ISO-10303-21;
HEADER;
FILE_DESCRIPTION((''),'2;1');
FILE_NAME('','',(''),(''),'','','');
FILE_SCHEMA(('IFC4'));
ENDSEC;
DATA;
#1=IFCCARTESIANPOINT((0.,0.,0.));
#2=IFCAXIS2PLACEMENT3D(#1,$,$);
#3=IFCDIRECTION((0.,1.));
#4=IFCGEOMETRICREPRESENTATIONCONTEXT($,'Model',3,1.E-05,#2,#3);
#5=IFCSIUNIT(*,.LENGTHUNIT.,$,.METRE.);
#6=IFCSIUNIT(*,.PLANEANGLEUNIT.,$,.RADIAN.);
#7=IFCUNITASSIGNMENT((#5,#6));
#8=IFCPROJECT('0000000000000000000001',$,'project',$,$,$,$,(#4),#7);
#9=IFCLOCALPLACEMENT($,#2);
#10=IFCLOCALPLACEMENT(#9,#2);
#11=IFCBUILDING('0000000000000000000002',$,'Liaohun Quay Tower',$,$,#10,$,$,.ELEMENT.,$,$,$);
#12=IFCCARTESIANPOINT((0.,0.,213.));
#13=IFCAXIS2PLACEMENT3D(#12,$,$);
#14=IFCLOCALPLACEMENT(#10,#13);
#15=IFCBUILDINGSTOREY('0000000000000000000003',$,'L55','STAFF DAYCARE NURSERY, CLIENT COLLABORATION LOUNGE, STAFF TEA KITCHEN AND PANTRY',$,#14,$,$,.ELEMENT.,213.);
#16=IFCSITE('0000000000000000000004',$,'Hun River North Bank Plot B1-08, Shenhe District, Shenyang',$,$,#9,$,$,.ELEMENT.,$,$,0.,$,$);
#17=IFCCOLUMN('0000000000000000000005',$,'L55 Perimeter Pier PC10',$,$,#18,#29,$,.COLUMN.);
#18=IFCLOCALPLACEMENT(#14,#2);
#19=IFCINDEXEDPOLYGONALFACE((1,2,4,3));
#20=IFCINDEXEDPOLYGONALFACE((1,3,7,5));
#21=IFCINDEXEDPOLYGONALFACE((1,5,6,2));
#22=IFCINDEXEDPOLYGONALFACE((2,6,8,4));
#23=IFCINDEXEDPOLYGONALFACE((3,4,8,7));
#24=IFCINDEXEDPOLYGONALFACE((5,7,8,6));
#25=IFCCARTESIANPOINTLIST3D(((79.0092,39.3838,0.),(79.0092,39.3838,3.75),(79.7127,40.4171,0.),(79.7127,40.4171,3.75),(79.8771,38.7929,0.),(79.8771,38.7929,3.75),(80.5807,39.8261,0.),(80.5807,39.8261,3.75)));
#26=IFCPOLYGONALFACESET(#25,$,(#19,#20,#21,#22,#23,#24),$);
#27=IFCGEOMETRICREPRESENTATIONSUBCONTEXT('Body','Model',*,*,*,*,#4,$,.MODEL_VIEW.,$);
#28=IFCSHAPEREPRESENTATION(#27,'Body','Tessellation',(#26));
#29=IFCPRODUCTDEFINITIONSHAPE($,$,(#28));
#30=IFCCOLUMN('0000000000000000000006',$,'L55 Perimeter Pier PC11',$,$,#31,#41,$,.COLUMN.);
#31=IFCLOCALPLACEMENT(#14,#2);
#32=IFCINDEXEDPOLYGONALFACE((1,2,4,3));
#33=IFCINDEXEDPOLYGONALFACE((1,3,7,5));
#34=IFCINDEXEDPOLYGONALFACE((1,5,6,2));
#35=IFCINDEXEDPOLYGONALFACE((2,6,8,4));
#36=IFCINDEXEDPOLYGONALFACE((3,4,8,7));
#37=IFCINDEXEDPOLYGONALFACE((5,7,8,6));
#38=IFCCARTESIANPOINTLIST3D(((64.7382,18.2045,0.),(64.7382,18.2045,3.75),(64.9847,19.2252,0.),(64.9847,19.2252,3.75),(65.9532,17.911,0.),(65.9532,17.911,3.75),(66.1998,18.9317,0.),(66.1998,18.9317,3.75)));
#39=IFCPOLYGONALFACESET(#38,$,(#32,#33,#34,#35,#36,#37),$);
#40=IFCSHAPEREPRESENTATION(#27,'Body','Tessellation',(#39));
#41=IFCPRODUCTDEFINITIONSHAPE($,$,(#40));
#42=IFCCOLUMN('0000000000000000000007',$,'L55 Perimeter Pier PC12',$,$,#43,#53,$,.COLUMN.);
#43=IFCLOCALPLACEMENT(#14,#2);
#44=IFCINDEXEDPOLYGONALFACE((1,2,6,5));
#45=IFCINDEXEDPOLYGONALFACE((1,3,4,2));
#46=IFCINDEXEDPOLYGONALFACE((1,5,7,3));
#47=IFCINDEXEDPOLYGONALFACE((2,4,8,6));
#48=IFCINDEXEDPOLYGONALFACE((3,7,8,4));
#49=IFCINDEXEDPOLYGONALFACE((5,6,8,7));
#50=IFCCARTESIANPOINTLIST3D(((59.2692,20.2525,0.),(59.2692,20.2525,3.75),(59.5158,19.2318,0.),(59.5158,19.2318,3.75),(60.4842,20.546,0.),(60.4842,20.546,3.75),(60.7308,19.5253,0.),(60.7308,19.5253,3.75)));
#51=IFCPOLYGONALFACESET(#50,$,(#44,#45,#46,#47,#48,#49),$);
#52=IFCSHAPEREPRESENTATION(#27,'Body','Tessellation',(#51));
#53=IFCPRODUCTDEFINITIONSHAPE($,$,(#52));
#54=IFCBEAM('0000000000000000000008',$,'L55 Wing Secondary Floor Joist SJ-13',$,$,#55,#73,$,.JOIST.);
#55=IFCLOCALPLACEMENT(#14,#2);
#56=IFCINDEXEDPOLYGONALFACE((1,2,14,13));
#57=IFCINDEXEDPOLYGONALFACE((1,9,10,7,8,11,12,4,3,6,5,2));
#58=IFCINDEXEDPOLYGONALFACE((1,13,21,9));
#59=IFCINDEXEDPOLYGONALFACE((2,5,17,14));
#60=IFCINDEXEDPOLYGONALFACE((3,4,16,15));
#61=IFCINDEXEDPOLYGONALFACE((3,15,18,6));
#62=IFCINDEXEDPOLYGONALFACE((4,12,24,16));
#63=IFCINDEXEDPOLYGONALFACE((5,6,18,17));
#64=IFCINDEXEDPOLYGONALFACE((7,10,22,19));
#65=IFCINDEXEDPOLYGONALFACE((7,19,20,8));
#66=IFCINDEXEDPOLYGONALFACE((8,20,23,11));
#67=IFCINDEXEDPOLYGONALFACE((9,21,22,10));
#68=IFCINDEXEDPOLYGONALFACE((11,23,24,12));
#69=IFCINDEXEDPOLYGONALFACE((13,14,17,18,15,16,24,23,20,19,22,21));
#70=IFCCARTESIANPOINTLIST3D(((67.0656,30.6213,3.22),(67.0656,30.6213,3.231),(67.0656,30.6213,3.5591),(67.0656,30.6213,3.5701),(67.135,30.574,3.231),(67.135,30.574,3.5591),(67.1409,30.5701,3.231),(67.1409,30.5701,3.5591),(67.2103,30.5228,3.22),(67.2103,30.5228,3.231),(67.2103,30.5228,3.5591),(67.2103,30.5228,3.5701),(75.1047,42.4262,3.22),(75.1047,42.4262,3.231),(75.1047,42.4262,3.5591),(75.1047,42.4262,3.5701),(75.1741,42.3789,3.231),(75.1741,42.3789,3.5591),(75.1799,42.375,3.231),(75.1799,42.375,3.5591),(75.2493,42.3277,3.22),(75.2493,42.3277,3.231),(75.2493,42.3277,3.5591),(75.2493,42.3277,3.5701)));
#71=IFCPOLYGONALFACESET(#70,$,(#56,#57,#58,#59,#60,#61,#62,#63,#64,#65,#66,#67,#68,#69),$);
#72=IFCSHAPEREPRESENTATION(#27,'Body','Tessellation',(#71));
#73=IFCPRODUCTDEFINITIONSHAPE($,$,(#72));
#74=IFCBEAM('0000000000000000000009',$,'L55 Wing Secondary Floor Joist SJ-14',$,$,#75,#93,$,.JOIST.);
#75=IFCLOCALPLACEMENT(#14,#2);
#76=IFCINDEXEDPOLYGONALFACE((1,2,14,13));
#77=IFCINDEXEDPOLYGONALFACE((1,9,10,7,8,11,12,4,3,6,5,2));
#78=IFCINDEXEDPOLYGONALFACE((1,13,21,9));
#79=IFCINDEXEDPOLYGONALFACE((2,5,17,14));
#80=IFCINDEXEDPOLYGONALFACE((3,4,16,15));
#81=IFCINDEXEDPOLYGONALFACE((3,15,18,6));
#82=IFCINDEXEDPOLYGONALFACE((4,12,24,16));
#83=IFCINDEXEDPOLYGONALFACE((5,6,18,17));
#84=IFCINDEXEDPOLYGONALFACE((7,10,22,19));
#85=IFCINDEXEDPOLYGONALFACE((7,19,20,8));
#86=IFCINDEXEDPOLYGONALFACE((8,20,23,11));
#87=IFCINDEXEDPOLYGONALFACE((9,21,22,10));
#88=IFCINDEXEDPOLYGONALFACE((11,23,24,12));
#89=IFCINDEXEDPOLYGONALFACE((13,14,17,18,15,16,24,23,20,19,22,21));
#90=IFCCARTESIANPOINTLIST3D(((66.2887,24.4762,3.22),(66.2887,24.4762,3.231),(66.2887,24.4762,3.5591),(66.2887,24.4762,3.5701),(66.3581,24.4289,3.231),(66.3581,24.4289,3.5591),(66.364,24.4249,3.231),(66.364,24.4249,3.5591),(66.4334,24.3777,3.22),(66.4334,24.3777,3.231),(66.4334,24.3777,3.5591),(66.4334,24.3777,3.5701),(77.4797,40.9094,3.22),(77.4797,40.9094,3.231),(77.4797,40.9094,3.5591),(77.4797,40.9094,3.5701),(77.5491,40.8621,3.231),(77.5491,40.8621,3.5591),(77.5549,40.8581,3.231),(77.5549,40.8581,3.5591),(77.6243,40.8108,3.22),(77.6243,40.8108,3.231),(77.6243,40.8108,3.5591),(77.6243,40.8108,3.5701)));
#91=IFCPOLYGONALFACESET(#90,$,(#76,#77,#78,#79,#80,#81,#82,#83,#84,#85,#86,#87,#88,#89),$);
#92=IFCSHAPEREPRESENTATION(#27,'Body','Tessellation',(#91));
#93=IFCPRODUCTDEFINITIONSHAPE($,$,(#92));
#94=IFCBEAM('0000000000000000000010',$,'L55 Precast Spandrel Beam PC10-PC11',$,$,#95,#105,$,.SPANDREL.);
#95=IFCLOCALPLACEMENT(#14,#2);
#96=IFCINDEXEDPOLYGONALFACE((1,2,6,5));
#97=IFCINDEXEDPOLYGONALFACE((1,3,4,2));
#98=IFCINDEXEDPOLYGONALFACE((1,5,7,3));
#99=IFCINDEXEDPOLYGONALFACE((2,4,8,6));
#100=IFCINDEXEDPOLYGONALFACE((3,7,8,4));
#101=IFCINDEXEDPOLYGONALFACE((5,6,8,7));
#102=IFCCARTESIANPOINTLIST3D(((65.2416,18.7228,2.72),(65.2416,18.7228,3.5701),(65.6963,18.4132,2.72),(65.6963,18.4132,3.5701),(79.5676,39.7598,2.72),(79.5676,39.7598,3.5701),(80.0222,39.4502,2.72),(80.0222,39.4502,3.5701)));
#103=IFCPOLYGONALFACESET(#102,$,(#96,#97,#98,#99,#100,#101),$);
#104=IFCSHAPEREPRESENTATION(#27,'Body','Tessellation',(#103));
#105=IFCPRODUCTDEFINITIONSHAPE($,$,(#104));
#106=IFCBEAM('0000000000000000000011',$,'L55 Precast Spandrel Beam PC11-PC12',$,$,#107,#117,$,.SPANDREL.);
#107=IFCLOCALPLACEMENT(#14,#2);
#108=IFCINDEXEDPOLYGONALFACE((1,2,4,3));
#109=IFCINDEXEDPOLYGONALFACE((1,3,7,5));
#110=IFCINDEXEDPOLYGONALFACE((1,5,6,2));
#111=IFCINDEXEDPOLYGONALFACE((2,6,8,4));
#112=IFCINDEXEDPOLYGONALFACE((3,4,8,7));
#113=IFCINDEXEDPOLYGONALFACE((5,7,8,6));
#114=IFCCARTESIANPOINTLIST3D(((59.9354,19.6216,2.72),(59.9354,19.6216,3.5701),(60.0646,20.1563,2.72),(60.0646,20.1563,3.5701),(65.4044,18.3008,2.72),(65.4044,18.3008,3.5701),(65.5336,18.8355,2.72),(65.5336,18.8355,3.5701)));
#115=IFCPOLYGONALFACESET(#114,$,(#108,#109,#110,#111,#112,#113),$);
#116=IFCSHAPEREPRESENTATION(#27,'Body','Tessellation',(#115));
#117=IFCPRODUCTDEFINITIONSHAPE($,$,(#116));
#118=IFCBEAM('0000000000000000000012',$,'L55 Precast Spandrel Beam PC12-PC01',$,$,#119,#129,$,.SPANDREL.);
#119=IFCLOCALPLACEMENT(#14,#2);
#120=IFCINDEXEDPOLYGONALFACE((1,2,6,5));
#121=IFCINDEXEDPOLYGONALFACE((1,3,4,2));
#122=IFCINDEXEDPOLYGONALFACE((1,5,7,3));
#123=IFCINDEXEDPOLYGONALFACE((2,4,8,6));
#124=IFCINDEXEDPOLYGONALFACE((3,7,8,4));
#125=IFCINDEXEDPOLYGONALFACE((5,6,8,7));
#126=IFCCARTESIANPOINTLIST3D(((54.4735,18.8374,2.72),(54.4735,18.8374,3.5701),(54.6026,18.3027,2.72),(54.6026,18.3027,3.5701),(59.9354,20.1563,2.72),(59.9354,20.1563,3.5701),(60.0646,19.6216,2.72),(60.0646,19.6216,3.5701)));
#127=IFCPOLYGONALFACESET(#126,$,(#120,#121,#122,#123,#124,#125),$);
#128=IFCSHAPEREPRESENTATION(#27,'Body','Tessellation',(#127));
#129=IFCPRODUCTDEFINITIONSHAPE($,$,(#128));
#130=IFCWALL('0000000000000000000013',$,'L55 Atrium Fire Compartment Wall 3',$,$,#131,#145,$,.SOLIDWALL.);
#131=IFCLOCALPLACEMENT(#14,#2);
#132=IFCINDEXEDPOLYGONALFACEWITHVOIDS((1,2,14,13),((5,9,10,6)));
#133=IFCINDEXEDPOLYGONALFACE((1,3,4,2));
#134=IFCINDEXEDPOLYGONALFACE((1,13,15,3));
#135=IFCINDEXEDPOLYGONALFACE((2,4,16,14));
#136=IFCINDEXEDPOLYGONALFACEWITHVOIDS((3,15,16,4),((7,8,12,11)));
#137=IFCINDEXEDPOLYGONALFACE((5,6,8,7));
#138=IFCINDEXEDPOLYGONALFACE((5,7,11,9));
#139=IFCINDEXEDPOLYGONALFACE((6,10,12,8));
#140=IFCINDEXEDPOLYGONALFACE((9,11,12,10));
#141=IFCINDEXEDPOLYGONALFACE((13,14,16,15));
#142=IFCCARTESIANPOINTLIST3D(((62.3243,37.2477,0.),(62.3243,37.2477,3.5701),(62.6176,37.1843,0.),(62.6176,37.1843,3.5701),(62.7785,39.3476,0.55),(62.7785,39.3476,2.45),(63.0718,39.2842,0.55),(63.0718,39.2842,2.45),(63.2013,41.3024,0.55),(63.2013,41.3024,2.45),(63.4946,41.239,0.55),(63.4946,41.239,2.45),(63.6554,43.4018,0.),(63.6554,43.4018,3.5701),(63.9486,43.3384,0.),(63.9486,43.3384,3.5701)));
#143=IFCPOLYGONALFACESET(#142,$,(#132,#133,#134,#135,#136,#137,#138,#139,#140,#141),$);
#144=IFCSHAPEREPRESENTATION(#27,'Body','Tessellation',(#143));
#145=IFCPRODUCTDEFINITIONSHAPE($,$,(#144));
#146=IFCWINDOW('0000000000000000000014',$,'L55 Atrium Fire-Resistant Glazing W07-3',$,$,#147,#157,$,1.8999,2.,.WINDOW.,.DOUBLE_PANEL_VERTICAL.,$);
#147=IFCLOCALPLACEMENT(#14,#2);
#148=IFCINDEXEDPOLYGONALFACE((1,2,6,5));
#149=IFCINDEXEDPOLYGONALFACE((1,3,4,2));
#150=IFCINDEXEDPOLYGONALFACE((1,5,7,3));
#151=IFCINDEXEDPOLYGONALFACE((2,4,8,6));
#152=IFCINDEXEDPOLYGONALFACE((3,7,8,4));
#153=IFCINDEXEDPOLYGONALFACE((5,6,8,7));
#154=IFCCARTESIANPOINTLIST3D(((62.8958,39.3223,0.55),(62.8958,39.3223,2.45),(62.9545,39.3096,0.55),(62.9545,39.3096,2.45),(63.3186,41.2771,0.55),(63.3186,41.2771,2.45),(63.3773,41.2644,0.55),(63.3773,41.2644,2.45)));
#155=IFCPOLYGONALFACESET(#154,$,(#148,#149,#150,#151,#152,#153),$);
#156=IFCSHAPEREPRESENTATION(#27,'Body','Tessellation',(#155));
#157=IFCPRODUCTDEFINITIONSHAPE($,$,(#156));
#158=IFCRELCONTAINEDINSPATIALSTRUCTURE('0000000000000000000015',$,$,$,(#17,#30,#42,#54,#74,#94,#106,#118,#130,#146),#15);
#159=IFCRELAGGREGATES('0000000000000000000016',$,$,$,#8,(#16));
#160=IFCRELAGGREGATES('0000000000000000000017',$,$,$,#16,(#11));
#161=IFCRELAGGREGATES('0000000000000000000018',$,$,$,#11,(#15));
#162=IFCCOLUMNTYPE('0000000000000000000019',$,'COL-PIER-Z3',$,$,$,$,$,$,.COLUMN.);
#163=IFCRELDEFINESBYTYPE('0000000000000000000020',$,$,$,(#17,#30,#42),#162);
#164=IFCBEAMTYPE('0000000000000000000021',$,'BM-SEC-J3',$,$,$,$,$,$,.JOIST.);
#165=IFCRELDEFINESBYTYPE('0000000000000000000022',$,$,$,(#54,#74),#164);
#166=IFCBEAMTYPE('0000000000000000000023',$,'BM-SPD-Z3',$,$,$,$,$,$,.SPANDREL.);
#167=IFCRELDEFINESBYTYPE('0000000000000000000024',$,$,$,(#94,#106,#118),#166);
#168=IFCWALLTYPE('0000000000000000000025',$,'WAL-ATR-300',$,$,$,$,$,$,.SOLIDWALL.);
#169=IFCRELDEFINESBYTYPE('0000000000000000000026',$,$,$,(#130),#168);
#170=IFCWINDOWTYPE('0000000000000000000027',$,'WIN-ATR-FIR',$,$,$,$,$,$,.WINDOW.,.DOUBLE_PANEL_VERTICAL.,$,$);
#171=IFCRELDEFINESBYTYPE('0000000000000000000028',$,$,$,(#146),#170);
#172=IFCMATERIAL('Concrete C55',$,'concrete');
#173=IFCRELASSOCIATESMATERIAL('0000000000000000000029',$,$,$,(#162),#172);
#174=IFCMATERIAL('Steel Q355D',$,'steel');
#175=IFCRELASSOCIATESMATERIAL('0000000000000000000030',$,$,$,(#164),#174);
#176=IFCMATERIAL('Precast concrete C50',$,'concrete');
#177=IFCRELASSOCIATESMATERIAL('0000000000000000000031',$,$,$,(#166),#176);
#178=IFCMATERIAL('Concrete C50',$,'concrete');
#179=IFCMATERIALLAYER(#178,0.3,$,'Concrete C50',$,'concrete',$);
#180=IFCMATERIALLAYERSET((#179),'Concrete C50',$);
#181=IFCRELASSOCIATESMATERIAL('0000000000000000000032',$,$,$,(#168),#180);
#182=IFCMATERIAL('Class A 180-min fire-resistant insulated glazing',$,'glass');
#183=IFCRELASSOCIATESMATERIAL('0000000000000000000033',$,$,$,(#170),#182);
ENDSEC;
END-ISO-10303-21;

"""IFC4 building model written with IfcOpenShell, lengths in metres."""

from ifc_helpers import new_model, si_unit, direction, frame, frame_2d, origin, origin_2d, place, context, subcontext, project, spatial, rectangle, i_section, extrude, source, transform, mapped, material, layer, layer_set, material_profile, profile_set, type_object, element, fill, save


model = new_model("IFC4")

# Units and contexts
model_context = context("Model", 3, precision=1e-05, world=origin(), true_north=direction((0.0, 1.0)))
body_context = subcontext(model_context, "Body", "Model", "MODEL_VIEW")
ifc_project = project(units=[si_unit("LENGTHUNIT", "METRE"), si_unit("PLANEANGLEUNIT", "RADIAN")], contexts=[model_context])

# Site, building, storey
site_placement = place(None, origin())
site = spatial("IfcSite", under=ifc_project, at=site_placement, Name="Hun River North Bank Plot B1-08, Shenhe District, Shenyang", CompositionType="ELEMENT", RefElevation=0.0)
building_placement = place(site_placement, origin())
building = spatial("IfcBuilding", under=site, at=building_placement, Name="Liaohun Quay Tower", CompositionType="ELEMENT")
storey_placement = place(building_placement, frame((0.0, 0.0, 213.0)))
storey = spatial("IfcBuildingStorey", under=building, at=storey_placement, Name="L55", Description="STAFF DAYCARE NURSERY, CLIENT COLLABORATION LOUNGE, STAFF TEA KITCHEN AND PANTRY", CompositionType="ELEMENT", Elevation=213.0)

# Columns
ifc_material_1 = material(Name="Concrete C55", Category="concrete")
ifc_material_profile_1 = material_profile(ifc_material_1, rectangle(XDim=1.25, YDim=1.05, at=origin_2d()), Name="RC1250x1050")
ifc_profile_set_1 = profile_set([ifc_material_profile_1], Name="Concrete C55")
column_type = type_object("IfcColumnType", Name="COL-PIER-Z3", PredefinedType="COLUMN", material=ifc_profile_set_1)
shared_shape_1 = source(origin(), body_context, "Body", "SweptSolid", [
    extrude(rectangle(XDim=1.25, YDim=1.05, at=origin_2d()), origin(), (0.0, 0.0, 1.0), 3.75),
])
for number, where, z_axis, x_axis, name in (
    (1, (79.7949, 39.605, 0.0), (0.0, 0.0, 1.0), (0.562805, 0.82659, 0.0), "L55 Perimeter Pier PC10"),
    (2, (65.469, 18.5681, 0.0), (0.0, 0.0, 1.0), (-0.972043, 0.234803, 0.0), "L55 Perimeter Pier PC11"),
    (3, (60.0, 19.8889, 0.0), (0.0, 0.0, 1.0), (0.972043, 0.234803, 0.0), "L55 Perimeter Pier PC12"),
):
    element("IfcColumn", number, at=place(storey_placement, frame(where, z_axis=z_axis, x_axis=x_axis)), inside=storey, type_object=column_type, Name=name, PredefinedType="COLUMN", context=body_context, shape_type="MappedRepresentation", body=[
        mapped(shared_shape_1, transform((0.0, 0.0, 0.0), x_axis=(1.0, 0.0, 0.0), y_axis=(0.0, 1.0, 0.0), z_axis=(0.0, 0.0, 1.0), scale=1.0)),
    ])

# Beams
ifc_material_2 = material(Name="Steel Q355D", Category="steel")
ifc_material_profile_2 = material_profile(ifc_material_2, i_section(OverallWidth=0.175, OverallDepth=0.3501, WebThickness=0.0071, FlangeThickness=0.011, at=origin_2d()), Name="HN350x175x7x11")
ifc_profile_set_2 = profile_set([ifc_material_profile_2], Name="Steel Q355D")
beam_type_1 = type_object("IfcBeamType", Name="BM-SEC-J3", PredefinedType="JOIST", material=ifc_profile_set_2)
shared_shape_2 = source(origin(), body_context, "Body", "SweptSolid", [
    extrude(i_section(OverallWidth=0.175, OverallDepth=0.3501, WebThickness=0.0071, FlangeThickness=0.011, at=origin_2d()), origin(), (0.0, 0.0, 1.0), 14.2822),
])
beam_1_placement = place(storey_placement, frame((75.177, 42.377, 3.395), z_axis=(-0.56287, -0.826545, 0.0), x_axis=(0.826545, -0.56287, 0.0)))
element("IfcBeam", 4, at=beam_1_placement, inside=storey, type_object=beam_type_1, Name="L55 Wing Secondary Floor Joist SJ-13", PredefinedType="JOIST", context=body_context, shape_type="MappedRepresentation", body=[
    mapped(shared_shape_2, transform((0.0, 0.0, 0.0), x_axis=(1.0, 0.0, 0.0), y_axis=(0.0, 1.0, 0.0), z_axis=(0.0, 0.0, 1.0), scale=1.0)),
])
shared_shape_3 = source(origin(), body_context, "Body", "SweptSolid", [
    extrude(i_section(OverallWidth=0.175, OverallDepth=0.3501, WebThickness=0.0071, FlangeThickness=0.011, at=origin_2d()), origin(), (0.0, 0.0, 1.0), 19.8818),
])
beam_2_placement = place(storey_placement, frame((77.552, 40.8601, 3.395), z_axis=(-0.562874, -0.826543, 0.0), x_axis=(0.826543, -0.562874, 0.0)))
element("IfcBeam", 5, at=beam_2_placement, inside=storey, type_object=beam_type_1, Name="L55 Wing Secondary Floor Joist SJ-14", PredefinedType="JOIST", context=body_context, shape_type="MappedRepresentation", body=[
    mapped(shared_shape_3, transform((0.0, 0.0, 0.0), x_axis=(1.0, 0.0, 0.0), y_axis=(0.0, 1.0, 0.0), z_axis=(0.0, 0.0, 1.0), scale=1.0)),
])
ifc_material_3 = material(Name="Precast concrete C50", Category="concrete")
ifc_material_profile_3 = material_profile(ifc_material_3, rectangle(XDim=0.55, YDim=0.8501, at=origin_2d()), Name="RC550x850")
ifc_profile_set_3 = profile_set([ifc_material_profile_3], Name="Precast concrete C50")
beam_type_2 = type_object("IfcBeamType", Name="BM-SPD-Z3", PredefinedType="SPANDREL", material=ifc_profile_set_3)
shared_shape_4 = source(origin(), body_context, "Body", "SweptSolid", [
    extrude(rectangle(XDim=0.55, YDim=0.8501, at=origin_2d()), origin(), (0.0, 0.0, 1.0), 25.4517),
])
beam_3_placement = place(storey_placement, frame((79.7949, 39.605, 3.145), z_axis=(-0.56287, -0.826545, 0.0), x_axis=(0.826545, -0.56287, 0.0)))
element("IfcBeam", 6, at=beam_3_placement, inside=storey, type_object=beam_type_2, Name="L55 Precast Spandrel Beam PC10-PC11", PredefinedType="SPANDREL", context=body_context, shape_type="MappedRepresentation", body=[
    mapped(shared_shape_4, transform((0.0, 0.0, 0.0), x_axis=(1.0, 0.0, 0.0), y_axis=(0.0, 1.0, 0.0), z_axis=(0.0, 0.0, 1.0), scale=1.0)),
])
shared_shape_5 = source(origin(), body_context, "Body", "SweptSolid", [
    extrude(rectangle(XDim=0.55, YDim=0.8501, at=origin_2d()), origin(), (0.0, 0.0, 1.0), 5.6262),
])
beam_4_placement = place(storey_placement, frame((65.469, 18.5681, 3.145), z_axis=(-0.972054, 0.234758, 0.0), x_axis=(-0.234758, -0.972054, 0.0)))
element("IfcBeam", 7, at=beam_4_placement, inside=storey, type_object=beam_type_2, Name="L55 Precast Spandrel Beam PC11-PC12", PredefinedType="SPANDREL", context=body_context, shape_type="MappedRepresentation", body=[
    mapped(shared_shape_5, transform((0.0, 0.0, 0.0), x_axis=(1.0, 0.0, 0.0), y_axis=(0.0, 1.0, 0.0), z_axis=(0.0, 0.0, 1.0), scale=1.0)),
])
shared_shape_6 = source(origin(), body_context, "Body", "SweptSolid", [
    extrude(rectangle(XDim=0.55, YDim=0.8501, at=origin_2d()), origin(), (0.0, 0.0, 1.0), 5.6189),
])
beam_5_placement = place(storey_placement, frame((60.0, 19.8889, 3.145), z_axis=(-0.972064, -0.234717, 0.0), x_axis=(0.234717, -0.972064, 0.0)))
element("IfcBeam", 8, at=beam_5_placement, inside=storey, type_object=beam_type_2, Name="L55 Precast Spandrel Beam PC12-PC01", PredefinedType="SPANDREL", context=body_context, shape_type="MappedRepresentation", body=[
    mapped(shared_shape_6, transform((0.0, 0.0, 0.0), x_axis=(1.0, 0.0, 0.0), y_axis=(0.0, 1.0, 0.0), z_axis=(0.0, 0.0, 1.0), scale=1.0)),
])

# Wall, opening, window
ifc_material_4 = material(Name="Concrete C50", Category="concrete")
ifc_layer_1 = layer(ifc_material_4, 0.3, Name="Concrete C50", Category="concrete")
ifc_layer_set_1 = layer_set([ifc_layer_1], Name="Concrete C50")
wall_type_1 = type_object("IfcWallType", Name="WAL-ATR-300", PredefinedType="SOLIDWALL", material=ifc_layer_set_1)
wall_1_placement = place(storey_placement, frame((63.802, 43.3701, 0.0), z_axis=(0.0, 0.0, 1.0), x_axis=(-0.211401, -0.977399, 0.0)))
wall_1 = element("IfcWall", 9, at=wall_1_placement, inside=storey, type_object=wall_type_1, Name="L55 Atrium Fire Compartment Wall 3", PredefinedType="SOLIDWALL", context=body_context, shape_type="SweptSolid", body=[
    extrude(rectangle(XDim=6.2964, YDim=0.3, at=frame_2d((3.1482, 0.0))), origin(), (0.0, 0.0, 1.0), 3.5701),
])
shared_shape_7 = source(origin(), body_context, "Body", "SweptSolid", [
    extrude(rectangle(XDim=2.0, YDim=1.8999, at=frame_2d((1.0, 0.95))), frame((0.0, 0.1599, 0.0), z_axis=(0.0, -1.0, 0.0), x_axis=(1.0, 0.0, 0.0)), (0.0, 0.0, 1.0), 0.3201),
])
opening_1_placement = place(wall_1_placement, frame((2.1479, 0.0, 0.55)))
opening_1 = element("IfcOpeningElement", 10, at=opening_1_placement, cuts=wall_1, PredefinedType="OPENING", context=body_context, shape_type="MappedRepresentation", body=[
    mapped(shared_shape_7, transform((0.0, 0.0, 0.0), x_axis=(1.0, 0.0, 0.0), y_axis=(0.0, 1.0, 0.0), z_axis=(0.0, 0.0, 1.0), scale=1.0)),
])
ifc_material_5 = material(Name="Class A 180-min fire-resistant insulated glazing", Category="glass")
window_type_1 = type_object("IfcWindowType", Name="WIN-ATR-FIR", PartitioningType="DOUBLE_PANEL_VERTICAL", PredefinedType="WINDOW", material=ifc_material_5)
shared_shape_8 = source(origin(), body_context, "Body", "SweptSolid", [
    extrude(rectangle(XDim=2.0, YDim=1.8999, at=frame_2d((1.0, 0.95))), frame((0.0, 0.03, 0.0), z_axis=(0.0, -1.0, 0.0), x_axis=(1.0, 0.0, 0.0)), (0.0, 0.0, 1.0), 0.0601),
])
window_1_placement = place(opening_1_placement, origin())
window_1 = element("IfcWindow", 11, at=window_1_placement, inside=storey, type_object=window_type_1, Name="L55 Atrium Fire-Resistant Glazing W07-3", OverallHeight=1.8999, OverallWidth=2.0, PartitioningType="DOUBLE_PANEL_VERTICAL", PredefinedType="WINDOW", context=body_context, shape_type="MappedRepresentation", body=[
    mapped(shared_shape_8, transform((0.0, 0.0, 0.0), x_axis=(1.0, 0.0, 0.0), y_axis=(0.0, 1.0, 0.0), z_axis=(0.0, 0.0, 1.0), scale=1.0)),
])
fill(opening_1, window_1)

save(model, "model.ifc")
